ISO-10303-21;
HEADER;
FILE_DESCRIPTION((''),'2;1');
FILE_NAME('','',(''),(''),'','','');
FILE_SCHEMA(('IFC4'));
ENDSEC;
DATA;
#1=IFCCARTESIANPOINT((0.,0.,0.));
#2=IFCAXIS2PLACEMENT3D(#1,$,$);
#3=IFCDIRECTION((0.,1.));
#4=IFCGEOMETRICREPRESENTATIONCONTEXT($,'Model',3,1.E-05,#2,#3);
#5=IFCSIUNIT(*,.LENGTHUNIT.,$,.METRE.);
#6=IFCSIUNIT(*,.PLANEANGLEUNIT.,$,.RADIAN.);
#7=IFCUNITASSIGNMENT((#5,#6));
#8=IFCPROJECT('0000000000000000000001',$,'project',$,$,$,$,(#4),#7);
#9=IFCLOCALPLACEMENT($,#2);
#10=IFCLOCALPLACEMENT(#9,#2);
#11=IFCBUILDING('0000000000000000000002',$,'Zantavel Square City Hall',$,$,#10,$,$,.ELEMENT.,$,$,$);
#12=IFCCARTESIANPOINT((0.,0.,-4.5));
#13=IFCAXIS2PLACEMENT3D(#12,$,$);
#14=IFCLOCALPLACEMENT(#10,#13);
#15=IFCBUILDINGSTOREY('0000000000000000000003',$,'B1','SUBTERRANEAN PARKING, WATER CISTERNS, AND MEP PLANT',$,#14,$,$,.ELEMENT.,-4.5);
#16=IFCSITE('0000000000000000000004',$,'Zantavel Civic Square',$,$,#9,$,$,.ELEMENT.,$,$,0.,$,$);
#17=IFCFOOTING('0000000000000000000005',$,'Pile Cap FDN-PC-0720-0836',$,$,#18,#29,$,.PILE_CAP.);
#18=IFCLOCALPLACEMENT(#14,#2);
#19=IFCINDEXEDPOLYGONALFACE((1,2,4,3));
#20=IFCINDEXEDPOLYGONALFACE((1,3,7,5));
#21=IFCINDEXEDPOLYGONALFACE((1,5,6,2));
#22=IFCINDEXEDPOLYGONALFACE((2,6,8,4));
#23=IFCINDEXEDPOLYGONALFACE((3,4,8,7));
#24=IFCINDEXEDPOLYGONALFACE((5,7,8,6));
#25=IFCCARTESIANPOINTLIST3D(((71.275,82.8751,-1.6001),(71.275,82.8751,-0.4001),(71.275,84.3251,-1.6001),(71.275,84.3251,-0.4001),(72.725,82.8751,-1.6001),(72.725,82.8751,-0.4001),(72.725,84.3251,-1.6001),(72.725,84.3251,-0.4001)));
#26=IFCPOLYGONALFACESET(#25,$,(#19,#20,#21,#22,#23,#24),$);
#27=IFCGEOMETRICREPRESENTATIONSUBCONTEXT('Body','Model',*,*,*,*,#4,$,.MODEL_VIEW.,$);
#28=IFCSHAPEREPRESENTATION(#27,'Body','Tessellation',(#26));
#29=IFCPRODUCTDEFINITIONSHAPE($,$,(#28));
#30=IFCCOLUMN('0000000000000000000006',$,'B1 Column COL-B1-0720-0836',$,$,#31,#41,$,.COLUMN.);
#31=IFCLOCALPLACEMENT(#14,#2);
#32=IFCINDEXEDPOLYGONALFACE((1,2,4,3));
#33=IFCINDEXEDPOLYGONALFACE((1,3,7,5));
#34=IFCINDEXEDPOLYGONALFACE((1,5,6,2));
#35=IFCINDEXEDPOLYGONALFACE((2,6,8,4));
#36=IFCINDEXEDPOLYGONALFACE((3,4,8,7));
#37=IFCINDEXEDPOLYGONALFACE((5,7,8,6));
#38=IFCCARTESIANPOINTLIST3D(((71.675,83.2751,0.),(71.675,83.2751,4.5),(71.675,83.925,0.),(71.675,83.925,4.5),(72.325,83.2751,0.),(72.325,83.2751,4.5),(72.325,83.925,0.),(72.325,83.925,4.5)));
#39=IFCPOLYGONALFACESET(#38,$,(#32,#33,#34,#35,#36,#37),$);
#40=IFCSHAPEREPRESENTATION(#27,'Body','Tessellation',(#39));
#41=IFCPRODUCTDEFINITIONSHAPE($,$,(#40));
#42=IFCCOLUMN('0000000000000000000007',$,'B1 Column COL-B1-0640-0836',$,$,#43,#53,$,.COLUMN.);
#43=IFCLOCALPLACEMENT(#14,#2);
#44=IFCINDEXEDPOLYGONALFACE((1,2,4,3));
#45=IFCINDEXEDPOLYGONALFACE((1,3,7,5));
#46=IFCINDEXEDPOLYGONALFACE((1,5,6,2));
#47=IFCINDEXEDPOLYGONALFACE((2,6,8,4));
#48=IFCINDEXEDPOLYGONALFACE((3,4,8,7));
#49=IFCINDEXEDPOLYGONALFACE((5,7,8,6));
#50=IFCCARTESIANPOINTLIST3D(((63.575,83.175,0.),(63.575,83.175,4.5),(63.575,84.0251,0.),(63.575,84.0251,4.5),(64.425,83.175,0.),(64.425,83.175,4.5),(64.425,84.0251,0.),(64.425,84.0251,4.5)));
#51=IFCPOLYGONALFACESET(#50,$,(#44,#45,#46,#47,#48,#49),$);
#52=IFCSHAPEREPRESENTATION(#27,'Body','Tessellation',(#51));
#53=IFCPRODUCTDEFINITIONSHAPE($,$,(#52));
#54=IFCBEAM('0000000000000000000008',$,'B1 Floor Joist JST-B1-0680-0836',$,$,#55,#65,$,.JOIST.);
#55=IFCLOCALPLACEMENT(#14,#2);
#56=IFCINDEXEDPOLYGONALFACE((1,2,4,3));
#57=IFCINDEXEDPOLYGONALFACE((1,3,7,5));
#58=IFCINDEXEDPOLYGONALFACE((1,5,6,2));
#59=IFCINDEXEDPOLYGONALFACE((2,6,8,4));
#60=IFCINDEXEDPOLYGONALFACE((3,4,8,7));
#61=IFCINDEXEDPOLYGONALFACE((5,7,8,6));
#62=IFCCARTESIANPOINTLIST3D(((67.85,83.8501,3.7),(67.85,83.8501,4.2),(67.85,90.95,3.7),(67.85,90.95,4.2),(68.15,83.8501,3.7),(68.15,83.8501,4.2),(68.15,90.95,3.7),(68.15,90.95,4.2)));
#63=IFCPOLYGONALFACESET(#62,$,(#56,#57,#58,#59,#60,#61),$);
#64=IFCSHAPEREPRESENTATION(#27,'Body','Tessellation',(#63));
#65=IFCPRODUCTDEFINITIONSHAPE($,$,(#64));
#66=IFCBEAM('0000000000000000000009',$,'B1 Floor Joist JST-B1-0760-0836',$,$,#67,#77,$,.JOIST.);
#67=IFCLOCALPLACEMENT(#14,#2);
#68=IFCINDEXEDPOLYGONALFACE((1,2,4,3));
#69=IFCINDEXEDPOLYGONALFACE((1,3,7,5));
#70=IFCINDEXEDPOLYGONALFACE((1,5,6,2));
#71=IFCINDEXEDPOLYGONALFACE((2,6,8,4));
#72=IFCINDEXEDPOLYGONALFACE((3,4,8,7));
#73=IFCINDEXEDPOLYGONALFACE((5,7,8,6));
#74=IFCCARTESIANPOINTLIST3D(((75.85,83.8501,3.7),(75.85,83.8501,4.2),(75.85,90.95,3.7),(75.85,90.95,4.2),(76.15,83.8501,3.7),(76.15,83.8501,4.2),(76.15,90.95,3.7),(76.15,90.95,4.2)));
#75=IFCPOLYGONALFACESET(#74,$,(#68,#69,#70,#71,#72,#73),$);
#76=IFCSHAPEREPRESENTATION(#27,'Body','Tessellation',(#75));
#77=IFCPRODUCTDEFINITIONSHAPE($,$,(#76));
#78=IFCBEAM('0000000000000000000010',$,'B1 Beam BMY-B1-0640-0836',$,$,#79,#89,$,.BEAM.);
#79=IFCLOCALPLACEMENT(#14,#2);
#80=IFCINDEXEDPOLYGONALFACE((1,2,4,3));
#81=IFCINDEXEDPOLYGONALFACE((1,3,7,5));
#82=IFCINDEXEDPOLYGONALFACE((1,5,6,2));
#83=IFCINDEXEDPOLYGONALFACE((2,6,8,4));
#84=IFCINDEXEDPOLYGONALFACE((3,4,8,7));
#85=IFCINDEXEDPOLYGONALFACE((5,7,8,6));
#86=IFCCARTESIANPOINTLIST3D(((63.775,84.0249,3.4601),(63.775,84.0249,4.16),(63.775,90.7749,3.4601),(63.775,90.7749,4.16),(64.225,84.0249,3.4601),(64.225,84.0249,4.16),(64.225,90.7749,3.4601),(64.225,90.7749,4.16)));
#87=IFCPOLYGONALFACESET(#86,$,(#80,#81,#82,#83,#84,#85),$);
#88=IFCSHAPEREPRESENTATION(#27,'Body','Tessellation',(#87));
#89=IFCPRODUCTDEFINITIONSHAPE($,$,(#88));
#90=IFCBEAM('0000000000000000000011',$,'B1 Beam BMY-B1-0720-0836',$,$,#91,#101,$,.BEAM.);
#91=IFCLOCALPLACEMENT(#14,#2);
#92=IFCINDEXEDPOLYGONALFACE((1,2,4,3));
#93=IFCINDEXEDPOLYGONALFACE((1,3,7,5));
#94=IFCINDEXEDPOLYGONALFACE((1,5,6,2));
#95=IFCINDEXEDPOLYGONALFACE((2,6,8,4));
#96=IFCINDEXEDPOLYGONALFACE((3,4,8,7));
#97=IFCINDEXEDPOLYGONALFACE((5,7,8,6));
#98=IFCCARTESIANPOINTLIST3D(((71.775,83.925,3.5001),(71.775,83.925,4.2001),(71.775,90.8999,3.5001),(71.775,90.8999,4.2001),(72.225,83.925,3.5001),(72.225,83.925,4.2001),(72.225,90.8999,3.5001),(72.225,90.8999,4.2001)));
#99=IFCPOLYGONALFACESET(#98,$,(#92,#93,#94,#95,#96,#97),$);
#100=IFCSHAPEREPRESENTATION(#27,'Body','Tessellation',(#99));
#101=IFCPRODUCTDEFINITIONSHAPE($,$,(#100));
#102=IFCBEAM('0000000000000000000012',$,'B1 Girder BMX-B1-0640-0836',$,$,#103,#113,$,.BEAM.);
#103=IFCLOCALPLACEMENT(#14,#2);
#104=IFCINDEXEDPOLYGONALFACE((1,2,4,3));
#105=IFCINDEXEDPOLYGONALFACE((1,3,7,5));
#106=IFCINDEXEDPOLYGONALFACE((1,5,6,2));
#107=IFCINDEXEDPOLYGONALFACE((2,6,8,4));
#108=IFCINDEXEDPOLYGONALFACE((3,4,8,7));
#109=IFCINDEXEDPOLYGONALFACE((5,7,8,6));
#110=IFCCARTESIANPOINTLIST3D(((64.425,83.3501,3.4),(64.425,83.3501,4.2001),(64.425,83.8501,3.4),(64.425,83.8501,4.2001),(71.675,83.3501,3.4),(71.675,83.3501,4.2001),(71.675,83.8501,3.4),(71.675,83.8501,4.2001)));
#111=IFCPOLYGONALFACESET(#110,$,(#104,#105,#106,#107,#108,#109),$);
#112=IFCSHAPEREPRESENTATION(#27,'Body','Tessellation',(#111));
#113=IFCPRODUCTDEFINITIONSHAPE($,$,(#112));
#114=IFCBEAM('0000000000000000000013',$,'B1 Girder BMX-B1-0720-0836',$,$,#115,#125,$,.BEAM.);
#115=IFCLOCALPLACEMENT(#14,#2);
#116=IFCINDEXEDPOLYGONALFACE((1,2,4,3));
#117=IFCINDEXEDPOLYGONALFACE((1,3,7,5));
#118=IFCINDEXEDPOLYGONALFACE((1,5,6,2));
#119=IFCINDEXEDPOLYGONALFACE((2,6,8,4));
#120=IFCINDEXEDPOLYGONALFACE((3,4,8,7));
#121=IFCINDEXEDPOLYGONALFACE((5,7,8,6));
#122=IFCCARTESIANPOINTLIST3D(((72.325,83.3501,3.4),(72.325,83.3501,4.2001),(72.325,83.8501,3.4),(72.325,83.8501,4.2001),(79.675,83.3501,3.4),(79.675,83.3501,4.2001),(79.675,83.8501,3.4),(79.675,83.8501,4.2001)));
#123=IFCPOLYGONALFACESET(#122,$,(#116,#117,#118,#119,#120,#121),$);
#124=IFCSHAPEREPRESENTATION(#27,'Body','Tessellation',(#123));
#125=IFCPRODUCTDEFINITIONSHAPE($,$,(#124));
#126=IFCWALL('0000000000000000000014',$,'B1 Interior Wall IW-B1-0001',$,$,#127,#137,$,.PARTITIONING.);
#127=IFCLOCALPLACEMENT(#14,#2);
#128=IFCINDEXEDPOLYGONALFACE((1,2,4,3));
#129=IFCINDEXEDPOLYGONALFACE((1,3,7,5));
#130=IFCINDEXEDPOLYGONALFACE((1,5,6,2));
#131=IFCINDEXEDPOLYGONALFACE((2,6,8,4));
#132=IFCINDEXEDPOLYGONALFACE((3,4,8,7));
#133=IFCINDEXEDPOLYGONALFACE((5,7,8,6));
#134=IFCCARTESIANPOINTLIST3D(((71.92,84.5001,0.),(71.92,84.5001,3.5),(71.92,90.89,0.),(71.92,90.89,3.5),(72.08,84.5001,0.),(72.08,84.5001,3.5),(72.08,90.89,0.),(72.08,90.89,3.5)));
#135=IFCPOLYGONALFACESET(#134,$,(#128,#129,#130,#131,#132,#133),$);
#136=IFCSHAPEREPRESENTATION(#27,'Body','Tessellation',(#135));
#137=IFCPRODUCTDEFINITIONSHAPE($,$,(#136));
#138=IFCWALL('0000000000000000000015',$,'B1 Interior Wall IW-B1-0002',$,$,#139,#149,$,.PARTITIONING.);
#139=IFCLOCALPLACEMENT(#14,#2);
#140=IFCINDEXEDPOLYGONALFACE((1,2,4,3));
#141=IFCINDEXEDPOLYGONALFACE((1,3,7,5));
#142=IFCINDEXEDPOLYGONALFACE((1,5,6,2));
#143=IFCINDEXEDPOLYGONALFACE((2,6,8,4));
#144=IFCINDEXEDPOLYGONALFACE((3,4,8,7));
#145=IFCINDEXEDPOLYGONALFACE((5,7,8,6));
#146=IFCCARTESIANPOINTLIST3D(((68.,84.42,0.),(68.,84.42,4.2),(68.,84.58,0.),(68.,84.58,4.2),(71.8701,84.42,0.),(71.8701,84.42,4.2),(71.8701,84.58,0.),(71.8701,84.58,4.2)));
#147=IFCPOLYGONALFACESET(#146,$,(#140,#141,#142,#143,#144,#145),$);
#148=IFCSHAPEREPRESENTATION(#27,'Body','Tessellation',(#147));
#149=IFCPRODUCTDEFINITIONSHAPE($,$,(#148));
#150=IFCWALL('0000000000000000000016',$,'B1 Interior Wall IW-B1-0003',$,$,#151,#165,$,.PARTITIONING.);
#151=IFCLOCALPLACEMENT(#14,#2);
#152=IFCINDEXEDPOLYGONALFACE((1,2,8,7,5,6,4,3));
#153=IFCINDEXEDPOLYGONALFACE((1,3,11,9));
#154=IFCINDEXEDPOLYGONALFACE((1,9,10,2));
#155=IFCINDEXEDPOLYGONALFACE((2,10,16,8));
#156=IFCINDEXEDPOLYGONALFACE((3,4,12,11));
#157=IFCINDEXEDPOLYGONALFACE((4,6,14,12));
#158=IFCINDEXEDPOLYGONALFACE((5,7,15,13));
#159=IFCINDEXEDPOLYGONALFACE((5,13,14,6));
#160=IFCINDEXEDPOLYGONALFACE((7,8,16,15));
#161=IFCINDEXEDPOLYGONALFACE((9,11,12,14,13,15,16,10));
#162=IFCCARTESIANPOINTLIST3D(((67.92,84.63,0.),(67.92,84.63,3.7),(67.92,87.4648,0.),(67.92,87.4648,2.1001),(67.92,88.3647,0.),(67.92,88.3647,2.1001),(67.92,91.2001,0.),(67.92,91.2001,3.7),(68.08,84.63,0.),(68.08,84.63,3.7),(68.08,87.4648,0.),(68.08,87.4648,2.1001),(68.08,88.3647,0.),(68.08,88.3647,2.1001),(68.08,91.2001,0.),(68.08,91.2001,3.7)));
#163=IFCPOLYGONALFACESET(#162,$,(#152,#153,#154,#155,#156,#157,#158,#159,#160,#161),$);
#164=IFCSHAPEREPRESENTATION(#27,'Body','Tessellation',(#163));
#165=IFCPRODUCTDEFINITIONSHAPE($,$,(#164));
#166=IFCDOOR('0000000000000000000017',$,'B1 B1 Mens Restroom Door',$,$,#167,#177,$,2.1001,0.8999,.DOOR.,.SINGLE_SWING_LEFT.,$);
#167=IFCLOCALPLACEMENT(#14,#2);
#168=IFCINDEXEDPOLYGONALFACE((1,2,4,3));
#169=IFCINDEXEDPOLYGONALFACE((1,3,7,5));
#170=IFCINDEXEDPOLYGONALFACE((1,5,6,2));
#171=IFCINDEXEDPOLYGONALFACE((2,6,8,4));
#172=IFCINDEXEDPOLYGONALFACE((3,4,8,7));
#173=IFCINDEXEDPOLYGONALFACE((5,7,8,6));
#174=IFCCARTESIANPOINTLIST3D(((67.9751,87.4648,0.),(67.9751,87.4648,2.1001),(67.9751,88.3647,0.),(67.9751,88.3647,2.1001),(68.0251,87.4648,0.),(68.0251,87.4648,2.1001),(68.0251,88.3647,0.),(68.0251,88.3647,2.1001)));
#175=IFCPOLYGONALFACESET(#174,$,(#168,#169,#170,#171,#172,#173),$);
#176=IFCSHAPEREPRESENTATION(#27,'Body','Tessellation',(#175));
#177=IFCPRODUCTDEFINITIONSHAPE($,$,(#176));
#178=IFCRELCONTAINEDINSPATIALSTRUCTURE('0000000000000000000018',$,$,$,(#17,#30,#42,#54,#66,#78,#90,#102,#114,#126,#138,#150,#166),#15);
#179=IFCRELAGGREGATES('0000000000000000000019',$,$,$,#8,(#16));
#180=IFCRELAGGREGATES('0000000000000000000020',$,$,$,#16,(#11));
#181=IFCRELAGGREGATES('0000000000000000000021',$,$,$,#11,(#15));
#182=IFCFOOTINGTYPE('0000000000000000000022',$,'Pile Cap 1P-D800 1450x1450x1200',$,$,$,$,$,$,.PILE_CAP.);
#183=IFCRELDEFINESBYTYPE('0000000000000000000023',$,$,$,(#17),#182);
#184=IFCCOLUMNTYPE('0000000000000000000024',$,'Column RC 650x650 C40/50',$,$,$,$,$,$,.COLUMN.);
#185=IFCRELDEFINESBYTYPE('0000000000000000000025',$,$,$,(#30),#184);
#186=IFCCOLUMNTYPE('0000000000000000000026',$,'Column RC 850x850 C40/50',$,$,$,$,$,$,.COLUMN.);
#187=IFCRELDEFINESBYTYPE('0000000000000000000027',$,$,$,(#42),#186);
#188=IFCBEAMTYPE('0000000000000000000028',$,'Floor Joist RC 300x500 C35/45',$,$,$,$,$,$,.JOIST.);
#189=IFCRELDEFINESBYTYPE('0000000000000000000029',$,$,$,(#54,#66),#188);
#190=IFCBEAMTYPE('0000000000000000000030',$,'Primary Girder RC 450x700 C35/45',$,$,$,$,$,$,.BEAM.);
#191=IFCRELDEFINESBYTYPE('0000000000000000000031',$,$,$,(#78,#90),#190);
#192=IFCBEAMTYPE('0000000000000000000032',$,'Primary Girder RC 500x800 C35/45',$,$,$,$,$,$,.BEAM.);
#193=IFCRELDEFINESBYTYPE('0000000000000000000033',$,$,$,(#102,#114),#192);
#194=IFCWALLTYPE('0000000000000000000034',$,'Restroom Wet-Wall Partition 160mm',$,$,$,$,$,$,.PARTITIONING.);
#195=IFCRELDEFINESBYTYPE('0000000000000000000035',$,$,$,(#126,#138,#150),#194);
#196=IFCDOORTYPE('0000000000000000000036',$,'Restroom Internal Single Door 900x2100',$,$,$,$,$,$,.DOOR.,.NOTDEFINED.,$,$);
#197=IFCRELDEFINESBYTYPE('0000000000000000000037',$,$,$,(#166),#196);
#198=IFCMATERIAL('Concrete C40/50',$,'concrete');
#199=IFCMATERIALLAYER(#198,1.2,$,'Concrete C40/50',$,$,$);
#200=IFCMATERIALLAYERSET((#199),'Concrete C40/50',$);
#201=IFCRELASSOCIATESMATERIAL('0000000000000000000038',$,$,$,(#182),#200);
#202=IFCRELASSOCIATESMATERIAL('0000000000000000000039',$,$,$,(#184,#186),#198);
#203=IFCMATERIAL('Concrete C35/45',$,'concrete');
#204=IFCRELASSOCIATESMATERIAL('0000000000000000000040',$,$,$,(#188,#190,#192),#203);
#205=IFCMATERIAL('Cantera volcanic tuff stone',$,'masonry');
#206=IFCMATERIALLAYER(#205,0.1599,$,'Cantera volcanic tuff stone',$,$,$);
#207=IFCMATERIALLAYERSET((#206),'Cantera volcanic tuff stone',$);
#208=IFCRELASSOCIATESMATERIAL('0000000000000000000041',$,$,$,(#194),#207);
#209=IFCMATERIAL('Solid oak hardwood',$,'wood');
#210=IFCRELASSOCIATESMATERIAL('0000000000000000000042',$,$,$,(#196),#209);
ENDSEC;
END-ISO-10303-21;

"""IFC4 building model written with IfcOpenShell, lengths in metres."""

from ifc_helpers import new_model, si_unit, direction, frame, frame_2d, origin, origin_2d, place, context, subcontext, project, spatial, rectangle, extrude, material, layer, layer_set, material_profile, profile_set, type_object, element, fill, save


model = new_model("IFC4")

# Units and contexts
model_context = context("Model", 3, precision=1e-05, world=origin(), true_north=direction((0.0, 1.0)))
body_context = subcontext(model_context, "Body", "Model", "MODEL_VIEW")
ifc_project = project(units=[si_unit("LENGTHUNIT", "METRE"), si_unit("PLANEANGLEUNIT", "RADIAN")], contexts=[model_context])

# Site, building, storey
site_placement = place(None, origin())
site = spatial("IfcSite", under=ifc_project, at=site_placement, Name="Zantavel Civic Square", CompositionType="ELEMENT", RefElevation=0.0)
building_placement = place(site_placement, origin())
building = spatial("IfcBuilding", under=site, at=building_placement, Name="Zantavel Square City Hall", CompositionType="ELEMENT")
storey_placement = place(building_placement, frame((0.0, 0.0, -4.5)))
storey = spatial("IfcBuildingStorey", under=building, at=storey_placement, Name="B1", Description="SUBTERRANEAN PARKING, WATER CISTERNS, AND MEP PLANT", CompositionType="ELEMENT", Elevation=-4.5)

# Shared definitions
ifc_material_1 = material(Name="Concrete C35/45", Category="concrete")

# Footing
ifc_material_2 = material(Name="Concrete C40/50", Category="concrete")
ifc_layer_1 = layer(ifc_material_2, 1.2, Name="Concrete C40/50")
ifc_layer_set_1 = layer_set([ifc_layer_1], Name="Concrete C40/50")
footing_type_1 = type_object("IfcFootingType", Name="Pile Cap 1P-D800 1450x1450x1200", PredefinedType="PILE_CAP", material=ifc_layer_set_1)
footing_1_placement = place(storey_placement, frame((72.0, 83.6001, -1.6001), z_axis=(0.0, 0.0, 1.0), x_axis=(1.0, 0.0, 0.0)))
element("IfcFooting", 1, at=footing_1_placement, inside=storey, type_object=footing_type_1, Name="Pile Cap FDN-PC-0720-0836", PredefinedType="PILE_CAP", context=body_context, shape_type="SweptSolid", body=[
    extrude(rectangle(XDim=1.45, YDim=1.45, at=origin_2d()), origin(), (0.0, 0.0, 1.0), 1.2),
])

# Columns
ifc_material_profile_1 = material_profile(ifc_material_2, rectangle(XDim=0.6499, YDim=0.6499, at=origin_2d()), Name="RC 650x650")
ifc_profile_set_1 = profile_set([ifc_material_profile_1], Name="Concrete C40/50")
column_type_1 = type_object("IfcColumnType", Name="Column RC 650x650 C40/50", PredefinedType="COLUMN", material=ifc_profile_set_1)
column_1_placement = place(storey_placement, frame((72.0, 83.6001, 0.0), z_axis=(0.0, 0.0, 1.0), x_axis=(1.0, 0.0, 0.0)))
element("IfcColumn", 2, at=column_1_placement, inside=storey, type_object=column_type_1, Name="B1 Column COL-B1-0720-0836", PredefinedType="COLUMN", context=body_context, shape_type="SweptSolid", body=[
    extrude(rectangle(XDim=0.6499, YDim=0.6499, at=origin_2d()), origin(), (0.0, 0.0, 1.0), 4.5),
])
ifc_material_profile_2 = material_profile(ifc_material_2, rectangle(XDim=0.8501, YDim=0.8501, at=origin_2d()), Name="RC 850x850")
ifc_profile_set_2 = profile_set([ifc_material_profile_2], Name="Concrete C40/50")
column_type_2 = type_object("IfcColumnType", Name="Column RC 850x850 C40/50", PredefinedType="COLUMN", material=ifc_profile_set_2)
column_2_placement = place(storey_placement, frame((64.0, 83.6001, 0.0), z_axis=(0.0, 0.0, 1.0), x_axis=(1.0, 0.0, 0.0)))
element("IfcColumn", 3, at=column_2_placement, inside=storey, type_object=column_type_2, Name="B1 Column COL-B1-0640-0836", PredefinedType="COLUMN", context=body_context, shape_type="SweptSolid", body=[
    extrude(rectangle(XDim=0.8501, YDim=0.8501, at=origin_2d()), origin(), (0.0, 0.0, 1.0), 4.5),
])

# Beams
ifc_material_profile_3 = material_profile(ifc_material_1, rectangle(XDim=0.3, YDim=0.5, at=origin_2d()), Name="RC 300x500")
ifc_profile_set_3 = profile_set([ifc_material_profile_3], Name="Concrete C35/45")
beam_type_1 = type_object("IfcBeamType", Name="Floor Joist RC 300x500 C35/45", PredefinedType="JOIST", material=ifc_profile_set_3)
for number, where, z_axis, x_axis, name in (
    (4, (68.0, 83.8501, 3.95), (0.0, 1.0, 0.0), (-1.0, 0.0, 0.0), "B1 Floor Joist JST-B1-0680-0836"),
    (5, (76.0, 83.8501, 3.95), (0.0, 1.0, 0.0), (-1.0, 0.0, 0.0), "B1 Floor Joist JST-B1-0760-0836"),
):
    element("IfcBeam", number, at=place(storey_placement, frame(where, z_axis=z_axis, x_axis=x_axis)), inside=storey, type_object=beam_type_1, Name=name, PredefinedType="JOIST", context=body_context, shape_type="SweptSolid", body=[
        extrude(rectangle(XDim=0.3, YDim=0.5, at=origin_2d()), origin(), (0.0, 0.0, 1.0), 7.0999),
    ])
ifc_material_profile_4 = material_profile(ifc_material_1, rectangle(XDim=0.45, YDim=0.7, at=origin_2d()), Name="RC 450x700")
ifc_profile_set_4 = profile_set([ifc_material_profile_4], Name="Concrete C35/45")
beam_type_2 = type_object("IfcBeamType", Name="Primary Girder RC 450x700 C35/45", PredefinedType="BEAM", material=ifc_profile_set_4)
beam_1_placement = place(storey_placement, frame((64.0, 84.0249, 3.8101), z_axis=(0.0, 1.0, 0.0), x_axis=(-1.0, 0.0, 0.0)))
element("IfcBeam", 6, at=beam_1_placement, inside=storey, type_object=beam_type_2, Name="B1 Beam BMY-B1-0640-0836", PredefinedType="BEAM", context=body_context, shape_type="SweptSolid", body=[
    extrude(rectangle(XDim=0.45, YDim=0.7, at=origin_2d()), origin(), (0.0, 0.0, 1.0), 6.75),
])
beam_2_placement = place(storey_placement, frame((72.0, 83.925, 3.8501), z_axis=(0.0, 1.0, 0.0), x_axis=(-1.0, 0.0, 0.0)))
element("IfcBeam", 7, at=beam_2_placement, inside=storey, type_object=beam_type_2, Name="B1 Beam BMY-B1-0720-0836", PredefinedType="BEAM", context=body_context, shape_type="SweptSolid", body=[
    extrude(rectangle(XDim=0.45, YDim=0.7, at=origin_2d()), origin(), (0.0, 0.0, 1.0), 6.9749),
])
ifc_material_profile_5 = material_profile(ifc_material_1, rectangle(XDim=0.5, YDim=0.8, at=origin_2d()), Name="RC 500x800")
ifc_profile_set_5 = profile_set([ifc_material_profile_5], Name="Concrete C35/45")
beam_type_3 = type_object("IfcBeamType", Name="Primary Girder RC 500x800 C35/45", PredefinedType="BEAM", material=ifc_profile_set_5)
beam_3_placement = place(storey_placement, frame((64.425, 83.6001, 3.8), z_axis=(1.0, 0.0, 0.0), x_axis=(0.0, 1.0, 0.0)))
element("IfcBeam", 8, at=beam_3_placement, inside=storey, type_object=beam_type_3, Name="B1 Girder BMX-B1-0640-0836", PredefinedType="BEAM", context=body_context, shape_type="SweptSolid", body=[
    extrude(rectangle(XDim=0.5, YDim=0.8, at=origin_2d()), origin(), (0.0, 0.0, 1.0), 7.25),
])
beam_4_placement = place(storey_placement, frame((72.325, 83.6001, 3.8), z_axis=(1.0, 0.0, 0.0), x_axis=(0.0, 1.0, 0.0)))
element("IfcBeam", 9, at=beam_4_placement, inside=storey, type_object=beam_type_3, Name="B1 Girder BMX-B1-0720-0836", PredefinedType="BEAM", context=body_context, shape_type="SweptSolid", body=[
    extrude(rectangle(XDim=0.5, YDim=0.8, at=origin_2d()), origin(), (0.0, 0.0, 1.0), 7.3501),
])

# Walls
ifc_material_3 = material(Name="Cantera volcanic tuff stone", Category="masonry")
ifc_layer_2 = layer(ifc_material_3, 0.1599, Name="Cantera volcanic tuff stone")
ifc_layer_set_2 = layer_set([ifc_layer_2], Name="Cantera volcanic tuff stone")
wall_type = type_object("IfcWallType", Name="Restroom Wet-Wall Partition 160mm", PredefinedType="PARTITIONING", material=ifc_layer_set_2)
wall_1_placement = place(storey_placement, frame((72.0, 90.8899, 0.0), z_axis=(0.0, 0.0, 1.0), x_axis=(0.0, -1.0, 0.0)))
element("IfcWall", 10, at=wall_1_placement, inside=storey, type_object=wall_type, Name="B1 Interior Wall IW-B1-0001", PredefinedType="PARTITIONING", context=body_context, shape_type="SweptSolid", body=[
    extrude(rectangle(XDim=6.3899, YDim=0.1599, at=frame_2d((3.1948, 0.0))), origin(), (0.0, 0.0, 1.0), 3.5),
])
wall_2_placement = place(storey_placement, frame((71.8701, 84.5, 0.0), z_axis=(0.0, 0.0, 1.0), x_axis=(-1.0, 0.0, 0.0)))
element("IfcWall", 11, at=wall_2_placement, inside=storey, type_object=wall_type, Name="B1 Interior Wall IW-B1-0002", PredefinedType="PARTITIONING", context=body_context, shape_type="SweptSolid", body=[
    extrude(rectangle(XDim=3.8701, YDim=0.1599, at=frame_2d((1.9351, 0.0))), origin(), (0.0, 0.0, 1.0), 4.2),
])

# Wall, opening, door
wall_3_placement = place(storey_placement, frame((68.0, 84.6299, 0.0), z_axis=(0.0, 0.0, 1.0), x_axis=(0.0, 1.0, 0.0)))
wall_3 = element("IfcWall", 12, at=wall_3_placement, inside=storey, type_object=wall_type, Name="B1 Interior Wall IW-B1-0003", PredefinedType="PARTITIONING", context=body_context, shape_type="SweptSolid", body=[
    extrude(rectangle(XDim=6.5701, YDim=0.1599, at=frame_2d((3.2852, 0.0))), origin(), (0.0, 0.0, 1.0), 3.7),
])
opening_1_placement = place(wall_3_placement, frame((2.835, 0.0, 0.0)))
opening_1 = element("IfcOpeningElement", 13, at=opening_1_placement, cuts=wall_3, PredefinedType="OPENING", context=body_context, shape_type="SweptSolid", body=[
    extrude(rectangle(XDim=0.8999, YDim=2.1001, at=frame_2d((0.45, 1.05))), frame((0.0, 0.0898, 0.0), z_axis=(0.0, -1.0, 0.0), x_axis=(1.0, 0.0, 0.0)), (0.0, 0.0, 1.0), 0.1799),
])
ifc_material_4 = material(Name="Solid oak hardwood", Category="wood")
door_type_1 = type_object("IfcDoorType", Name="Restroom Internal Single Door 900x2100", OperationType="NOTDEFINED", PredefinedType="DOOR", material=ifc_material_4)
door_1_placement = place(opening_1_placement, origin())
door_1 = element("IfcDoor", 14, at=door_1_placement, inside=storey, type_object=door_type_1, Name="B1 B1 Mens Restroom Door", OperationType="SINGLE_SWING_LEFT", OverallHeight=2.1001, OverallWidth=0.8999, PredefinedType="DOOR", context=body_context, shape_type="SweptSolid", body=[
    extrude(rectangle(XDim=0.8999, YDim=2.1001, at=frame_2d((0.45, 1.05))), frame((0.0, 0.0249, 0.0), z_axis=(0.0, -1.0, 0.0), x_axis=(1.0, 0.0, 0.0)), (0.0, 0.0, 1.0), 0.05),
])
fill(opening_1, door_1)

save(model, "model.ifc")
